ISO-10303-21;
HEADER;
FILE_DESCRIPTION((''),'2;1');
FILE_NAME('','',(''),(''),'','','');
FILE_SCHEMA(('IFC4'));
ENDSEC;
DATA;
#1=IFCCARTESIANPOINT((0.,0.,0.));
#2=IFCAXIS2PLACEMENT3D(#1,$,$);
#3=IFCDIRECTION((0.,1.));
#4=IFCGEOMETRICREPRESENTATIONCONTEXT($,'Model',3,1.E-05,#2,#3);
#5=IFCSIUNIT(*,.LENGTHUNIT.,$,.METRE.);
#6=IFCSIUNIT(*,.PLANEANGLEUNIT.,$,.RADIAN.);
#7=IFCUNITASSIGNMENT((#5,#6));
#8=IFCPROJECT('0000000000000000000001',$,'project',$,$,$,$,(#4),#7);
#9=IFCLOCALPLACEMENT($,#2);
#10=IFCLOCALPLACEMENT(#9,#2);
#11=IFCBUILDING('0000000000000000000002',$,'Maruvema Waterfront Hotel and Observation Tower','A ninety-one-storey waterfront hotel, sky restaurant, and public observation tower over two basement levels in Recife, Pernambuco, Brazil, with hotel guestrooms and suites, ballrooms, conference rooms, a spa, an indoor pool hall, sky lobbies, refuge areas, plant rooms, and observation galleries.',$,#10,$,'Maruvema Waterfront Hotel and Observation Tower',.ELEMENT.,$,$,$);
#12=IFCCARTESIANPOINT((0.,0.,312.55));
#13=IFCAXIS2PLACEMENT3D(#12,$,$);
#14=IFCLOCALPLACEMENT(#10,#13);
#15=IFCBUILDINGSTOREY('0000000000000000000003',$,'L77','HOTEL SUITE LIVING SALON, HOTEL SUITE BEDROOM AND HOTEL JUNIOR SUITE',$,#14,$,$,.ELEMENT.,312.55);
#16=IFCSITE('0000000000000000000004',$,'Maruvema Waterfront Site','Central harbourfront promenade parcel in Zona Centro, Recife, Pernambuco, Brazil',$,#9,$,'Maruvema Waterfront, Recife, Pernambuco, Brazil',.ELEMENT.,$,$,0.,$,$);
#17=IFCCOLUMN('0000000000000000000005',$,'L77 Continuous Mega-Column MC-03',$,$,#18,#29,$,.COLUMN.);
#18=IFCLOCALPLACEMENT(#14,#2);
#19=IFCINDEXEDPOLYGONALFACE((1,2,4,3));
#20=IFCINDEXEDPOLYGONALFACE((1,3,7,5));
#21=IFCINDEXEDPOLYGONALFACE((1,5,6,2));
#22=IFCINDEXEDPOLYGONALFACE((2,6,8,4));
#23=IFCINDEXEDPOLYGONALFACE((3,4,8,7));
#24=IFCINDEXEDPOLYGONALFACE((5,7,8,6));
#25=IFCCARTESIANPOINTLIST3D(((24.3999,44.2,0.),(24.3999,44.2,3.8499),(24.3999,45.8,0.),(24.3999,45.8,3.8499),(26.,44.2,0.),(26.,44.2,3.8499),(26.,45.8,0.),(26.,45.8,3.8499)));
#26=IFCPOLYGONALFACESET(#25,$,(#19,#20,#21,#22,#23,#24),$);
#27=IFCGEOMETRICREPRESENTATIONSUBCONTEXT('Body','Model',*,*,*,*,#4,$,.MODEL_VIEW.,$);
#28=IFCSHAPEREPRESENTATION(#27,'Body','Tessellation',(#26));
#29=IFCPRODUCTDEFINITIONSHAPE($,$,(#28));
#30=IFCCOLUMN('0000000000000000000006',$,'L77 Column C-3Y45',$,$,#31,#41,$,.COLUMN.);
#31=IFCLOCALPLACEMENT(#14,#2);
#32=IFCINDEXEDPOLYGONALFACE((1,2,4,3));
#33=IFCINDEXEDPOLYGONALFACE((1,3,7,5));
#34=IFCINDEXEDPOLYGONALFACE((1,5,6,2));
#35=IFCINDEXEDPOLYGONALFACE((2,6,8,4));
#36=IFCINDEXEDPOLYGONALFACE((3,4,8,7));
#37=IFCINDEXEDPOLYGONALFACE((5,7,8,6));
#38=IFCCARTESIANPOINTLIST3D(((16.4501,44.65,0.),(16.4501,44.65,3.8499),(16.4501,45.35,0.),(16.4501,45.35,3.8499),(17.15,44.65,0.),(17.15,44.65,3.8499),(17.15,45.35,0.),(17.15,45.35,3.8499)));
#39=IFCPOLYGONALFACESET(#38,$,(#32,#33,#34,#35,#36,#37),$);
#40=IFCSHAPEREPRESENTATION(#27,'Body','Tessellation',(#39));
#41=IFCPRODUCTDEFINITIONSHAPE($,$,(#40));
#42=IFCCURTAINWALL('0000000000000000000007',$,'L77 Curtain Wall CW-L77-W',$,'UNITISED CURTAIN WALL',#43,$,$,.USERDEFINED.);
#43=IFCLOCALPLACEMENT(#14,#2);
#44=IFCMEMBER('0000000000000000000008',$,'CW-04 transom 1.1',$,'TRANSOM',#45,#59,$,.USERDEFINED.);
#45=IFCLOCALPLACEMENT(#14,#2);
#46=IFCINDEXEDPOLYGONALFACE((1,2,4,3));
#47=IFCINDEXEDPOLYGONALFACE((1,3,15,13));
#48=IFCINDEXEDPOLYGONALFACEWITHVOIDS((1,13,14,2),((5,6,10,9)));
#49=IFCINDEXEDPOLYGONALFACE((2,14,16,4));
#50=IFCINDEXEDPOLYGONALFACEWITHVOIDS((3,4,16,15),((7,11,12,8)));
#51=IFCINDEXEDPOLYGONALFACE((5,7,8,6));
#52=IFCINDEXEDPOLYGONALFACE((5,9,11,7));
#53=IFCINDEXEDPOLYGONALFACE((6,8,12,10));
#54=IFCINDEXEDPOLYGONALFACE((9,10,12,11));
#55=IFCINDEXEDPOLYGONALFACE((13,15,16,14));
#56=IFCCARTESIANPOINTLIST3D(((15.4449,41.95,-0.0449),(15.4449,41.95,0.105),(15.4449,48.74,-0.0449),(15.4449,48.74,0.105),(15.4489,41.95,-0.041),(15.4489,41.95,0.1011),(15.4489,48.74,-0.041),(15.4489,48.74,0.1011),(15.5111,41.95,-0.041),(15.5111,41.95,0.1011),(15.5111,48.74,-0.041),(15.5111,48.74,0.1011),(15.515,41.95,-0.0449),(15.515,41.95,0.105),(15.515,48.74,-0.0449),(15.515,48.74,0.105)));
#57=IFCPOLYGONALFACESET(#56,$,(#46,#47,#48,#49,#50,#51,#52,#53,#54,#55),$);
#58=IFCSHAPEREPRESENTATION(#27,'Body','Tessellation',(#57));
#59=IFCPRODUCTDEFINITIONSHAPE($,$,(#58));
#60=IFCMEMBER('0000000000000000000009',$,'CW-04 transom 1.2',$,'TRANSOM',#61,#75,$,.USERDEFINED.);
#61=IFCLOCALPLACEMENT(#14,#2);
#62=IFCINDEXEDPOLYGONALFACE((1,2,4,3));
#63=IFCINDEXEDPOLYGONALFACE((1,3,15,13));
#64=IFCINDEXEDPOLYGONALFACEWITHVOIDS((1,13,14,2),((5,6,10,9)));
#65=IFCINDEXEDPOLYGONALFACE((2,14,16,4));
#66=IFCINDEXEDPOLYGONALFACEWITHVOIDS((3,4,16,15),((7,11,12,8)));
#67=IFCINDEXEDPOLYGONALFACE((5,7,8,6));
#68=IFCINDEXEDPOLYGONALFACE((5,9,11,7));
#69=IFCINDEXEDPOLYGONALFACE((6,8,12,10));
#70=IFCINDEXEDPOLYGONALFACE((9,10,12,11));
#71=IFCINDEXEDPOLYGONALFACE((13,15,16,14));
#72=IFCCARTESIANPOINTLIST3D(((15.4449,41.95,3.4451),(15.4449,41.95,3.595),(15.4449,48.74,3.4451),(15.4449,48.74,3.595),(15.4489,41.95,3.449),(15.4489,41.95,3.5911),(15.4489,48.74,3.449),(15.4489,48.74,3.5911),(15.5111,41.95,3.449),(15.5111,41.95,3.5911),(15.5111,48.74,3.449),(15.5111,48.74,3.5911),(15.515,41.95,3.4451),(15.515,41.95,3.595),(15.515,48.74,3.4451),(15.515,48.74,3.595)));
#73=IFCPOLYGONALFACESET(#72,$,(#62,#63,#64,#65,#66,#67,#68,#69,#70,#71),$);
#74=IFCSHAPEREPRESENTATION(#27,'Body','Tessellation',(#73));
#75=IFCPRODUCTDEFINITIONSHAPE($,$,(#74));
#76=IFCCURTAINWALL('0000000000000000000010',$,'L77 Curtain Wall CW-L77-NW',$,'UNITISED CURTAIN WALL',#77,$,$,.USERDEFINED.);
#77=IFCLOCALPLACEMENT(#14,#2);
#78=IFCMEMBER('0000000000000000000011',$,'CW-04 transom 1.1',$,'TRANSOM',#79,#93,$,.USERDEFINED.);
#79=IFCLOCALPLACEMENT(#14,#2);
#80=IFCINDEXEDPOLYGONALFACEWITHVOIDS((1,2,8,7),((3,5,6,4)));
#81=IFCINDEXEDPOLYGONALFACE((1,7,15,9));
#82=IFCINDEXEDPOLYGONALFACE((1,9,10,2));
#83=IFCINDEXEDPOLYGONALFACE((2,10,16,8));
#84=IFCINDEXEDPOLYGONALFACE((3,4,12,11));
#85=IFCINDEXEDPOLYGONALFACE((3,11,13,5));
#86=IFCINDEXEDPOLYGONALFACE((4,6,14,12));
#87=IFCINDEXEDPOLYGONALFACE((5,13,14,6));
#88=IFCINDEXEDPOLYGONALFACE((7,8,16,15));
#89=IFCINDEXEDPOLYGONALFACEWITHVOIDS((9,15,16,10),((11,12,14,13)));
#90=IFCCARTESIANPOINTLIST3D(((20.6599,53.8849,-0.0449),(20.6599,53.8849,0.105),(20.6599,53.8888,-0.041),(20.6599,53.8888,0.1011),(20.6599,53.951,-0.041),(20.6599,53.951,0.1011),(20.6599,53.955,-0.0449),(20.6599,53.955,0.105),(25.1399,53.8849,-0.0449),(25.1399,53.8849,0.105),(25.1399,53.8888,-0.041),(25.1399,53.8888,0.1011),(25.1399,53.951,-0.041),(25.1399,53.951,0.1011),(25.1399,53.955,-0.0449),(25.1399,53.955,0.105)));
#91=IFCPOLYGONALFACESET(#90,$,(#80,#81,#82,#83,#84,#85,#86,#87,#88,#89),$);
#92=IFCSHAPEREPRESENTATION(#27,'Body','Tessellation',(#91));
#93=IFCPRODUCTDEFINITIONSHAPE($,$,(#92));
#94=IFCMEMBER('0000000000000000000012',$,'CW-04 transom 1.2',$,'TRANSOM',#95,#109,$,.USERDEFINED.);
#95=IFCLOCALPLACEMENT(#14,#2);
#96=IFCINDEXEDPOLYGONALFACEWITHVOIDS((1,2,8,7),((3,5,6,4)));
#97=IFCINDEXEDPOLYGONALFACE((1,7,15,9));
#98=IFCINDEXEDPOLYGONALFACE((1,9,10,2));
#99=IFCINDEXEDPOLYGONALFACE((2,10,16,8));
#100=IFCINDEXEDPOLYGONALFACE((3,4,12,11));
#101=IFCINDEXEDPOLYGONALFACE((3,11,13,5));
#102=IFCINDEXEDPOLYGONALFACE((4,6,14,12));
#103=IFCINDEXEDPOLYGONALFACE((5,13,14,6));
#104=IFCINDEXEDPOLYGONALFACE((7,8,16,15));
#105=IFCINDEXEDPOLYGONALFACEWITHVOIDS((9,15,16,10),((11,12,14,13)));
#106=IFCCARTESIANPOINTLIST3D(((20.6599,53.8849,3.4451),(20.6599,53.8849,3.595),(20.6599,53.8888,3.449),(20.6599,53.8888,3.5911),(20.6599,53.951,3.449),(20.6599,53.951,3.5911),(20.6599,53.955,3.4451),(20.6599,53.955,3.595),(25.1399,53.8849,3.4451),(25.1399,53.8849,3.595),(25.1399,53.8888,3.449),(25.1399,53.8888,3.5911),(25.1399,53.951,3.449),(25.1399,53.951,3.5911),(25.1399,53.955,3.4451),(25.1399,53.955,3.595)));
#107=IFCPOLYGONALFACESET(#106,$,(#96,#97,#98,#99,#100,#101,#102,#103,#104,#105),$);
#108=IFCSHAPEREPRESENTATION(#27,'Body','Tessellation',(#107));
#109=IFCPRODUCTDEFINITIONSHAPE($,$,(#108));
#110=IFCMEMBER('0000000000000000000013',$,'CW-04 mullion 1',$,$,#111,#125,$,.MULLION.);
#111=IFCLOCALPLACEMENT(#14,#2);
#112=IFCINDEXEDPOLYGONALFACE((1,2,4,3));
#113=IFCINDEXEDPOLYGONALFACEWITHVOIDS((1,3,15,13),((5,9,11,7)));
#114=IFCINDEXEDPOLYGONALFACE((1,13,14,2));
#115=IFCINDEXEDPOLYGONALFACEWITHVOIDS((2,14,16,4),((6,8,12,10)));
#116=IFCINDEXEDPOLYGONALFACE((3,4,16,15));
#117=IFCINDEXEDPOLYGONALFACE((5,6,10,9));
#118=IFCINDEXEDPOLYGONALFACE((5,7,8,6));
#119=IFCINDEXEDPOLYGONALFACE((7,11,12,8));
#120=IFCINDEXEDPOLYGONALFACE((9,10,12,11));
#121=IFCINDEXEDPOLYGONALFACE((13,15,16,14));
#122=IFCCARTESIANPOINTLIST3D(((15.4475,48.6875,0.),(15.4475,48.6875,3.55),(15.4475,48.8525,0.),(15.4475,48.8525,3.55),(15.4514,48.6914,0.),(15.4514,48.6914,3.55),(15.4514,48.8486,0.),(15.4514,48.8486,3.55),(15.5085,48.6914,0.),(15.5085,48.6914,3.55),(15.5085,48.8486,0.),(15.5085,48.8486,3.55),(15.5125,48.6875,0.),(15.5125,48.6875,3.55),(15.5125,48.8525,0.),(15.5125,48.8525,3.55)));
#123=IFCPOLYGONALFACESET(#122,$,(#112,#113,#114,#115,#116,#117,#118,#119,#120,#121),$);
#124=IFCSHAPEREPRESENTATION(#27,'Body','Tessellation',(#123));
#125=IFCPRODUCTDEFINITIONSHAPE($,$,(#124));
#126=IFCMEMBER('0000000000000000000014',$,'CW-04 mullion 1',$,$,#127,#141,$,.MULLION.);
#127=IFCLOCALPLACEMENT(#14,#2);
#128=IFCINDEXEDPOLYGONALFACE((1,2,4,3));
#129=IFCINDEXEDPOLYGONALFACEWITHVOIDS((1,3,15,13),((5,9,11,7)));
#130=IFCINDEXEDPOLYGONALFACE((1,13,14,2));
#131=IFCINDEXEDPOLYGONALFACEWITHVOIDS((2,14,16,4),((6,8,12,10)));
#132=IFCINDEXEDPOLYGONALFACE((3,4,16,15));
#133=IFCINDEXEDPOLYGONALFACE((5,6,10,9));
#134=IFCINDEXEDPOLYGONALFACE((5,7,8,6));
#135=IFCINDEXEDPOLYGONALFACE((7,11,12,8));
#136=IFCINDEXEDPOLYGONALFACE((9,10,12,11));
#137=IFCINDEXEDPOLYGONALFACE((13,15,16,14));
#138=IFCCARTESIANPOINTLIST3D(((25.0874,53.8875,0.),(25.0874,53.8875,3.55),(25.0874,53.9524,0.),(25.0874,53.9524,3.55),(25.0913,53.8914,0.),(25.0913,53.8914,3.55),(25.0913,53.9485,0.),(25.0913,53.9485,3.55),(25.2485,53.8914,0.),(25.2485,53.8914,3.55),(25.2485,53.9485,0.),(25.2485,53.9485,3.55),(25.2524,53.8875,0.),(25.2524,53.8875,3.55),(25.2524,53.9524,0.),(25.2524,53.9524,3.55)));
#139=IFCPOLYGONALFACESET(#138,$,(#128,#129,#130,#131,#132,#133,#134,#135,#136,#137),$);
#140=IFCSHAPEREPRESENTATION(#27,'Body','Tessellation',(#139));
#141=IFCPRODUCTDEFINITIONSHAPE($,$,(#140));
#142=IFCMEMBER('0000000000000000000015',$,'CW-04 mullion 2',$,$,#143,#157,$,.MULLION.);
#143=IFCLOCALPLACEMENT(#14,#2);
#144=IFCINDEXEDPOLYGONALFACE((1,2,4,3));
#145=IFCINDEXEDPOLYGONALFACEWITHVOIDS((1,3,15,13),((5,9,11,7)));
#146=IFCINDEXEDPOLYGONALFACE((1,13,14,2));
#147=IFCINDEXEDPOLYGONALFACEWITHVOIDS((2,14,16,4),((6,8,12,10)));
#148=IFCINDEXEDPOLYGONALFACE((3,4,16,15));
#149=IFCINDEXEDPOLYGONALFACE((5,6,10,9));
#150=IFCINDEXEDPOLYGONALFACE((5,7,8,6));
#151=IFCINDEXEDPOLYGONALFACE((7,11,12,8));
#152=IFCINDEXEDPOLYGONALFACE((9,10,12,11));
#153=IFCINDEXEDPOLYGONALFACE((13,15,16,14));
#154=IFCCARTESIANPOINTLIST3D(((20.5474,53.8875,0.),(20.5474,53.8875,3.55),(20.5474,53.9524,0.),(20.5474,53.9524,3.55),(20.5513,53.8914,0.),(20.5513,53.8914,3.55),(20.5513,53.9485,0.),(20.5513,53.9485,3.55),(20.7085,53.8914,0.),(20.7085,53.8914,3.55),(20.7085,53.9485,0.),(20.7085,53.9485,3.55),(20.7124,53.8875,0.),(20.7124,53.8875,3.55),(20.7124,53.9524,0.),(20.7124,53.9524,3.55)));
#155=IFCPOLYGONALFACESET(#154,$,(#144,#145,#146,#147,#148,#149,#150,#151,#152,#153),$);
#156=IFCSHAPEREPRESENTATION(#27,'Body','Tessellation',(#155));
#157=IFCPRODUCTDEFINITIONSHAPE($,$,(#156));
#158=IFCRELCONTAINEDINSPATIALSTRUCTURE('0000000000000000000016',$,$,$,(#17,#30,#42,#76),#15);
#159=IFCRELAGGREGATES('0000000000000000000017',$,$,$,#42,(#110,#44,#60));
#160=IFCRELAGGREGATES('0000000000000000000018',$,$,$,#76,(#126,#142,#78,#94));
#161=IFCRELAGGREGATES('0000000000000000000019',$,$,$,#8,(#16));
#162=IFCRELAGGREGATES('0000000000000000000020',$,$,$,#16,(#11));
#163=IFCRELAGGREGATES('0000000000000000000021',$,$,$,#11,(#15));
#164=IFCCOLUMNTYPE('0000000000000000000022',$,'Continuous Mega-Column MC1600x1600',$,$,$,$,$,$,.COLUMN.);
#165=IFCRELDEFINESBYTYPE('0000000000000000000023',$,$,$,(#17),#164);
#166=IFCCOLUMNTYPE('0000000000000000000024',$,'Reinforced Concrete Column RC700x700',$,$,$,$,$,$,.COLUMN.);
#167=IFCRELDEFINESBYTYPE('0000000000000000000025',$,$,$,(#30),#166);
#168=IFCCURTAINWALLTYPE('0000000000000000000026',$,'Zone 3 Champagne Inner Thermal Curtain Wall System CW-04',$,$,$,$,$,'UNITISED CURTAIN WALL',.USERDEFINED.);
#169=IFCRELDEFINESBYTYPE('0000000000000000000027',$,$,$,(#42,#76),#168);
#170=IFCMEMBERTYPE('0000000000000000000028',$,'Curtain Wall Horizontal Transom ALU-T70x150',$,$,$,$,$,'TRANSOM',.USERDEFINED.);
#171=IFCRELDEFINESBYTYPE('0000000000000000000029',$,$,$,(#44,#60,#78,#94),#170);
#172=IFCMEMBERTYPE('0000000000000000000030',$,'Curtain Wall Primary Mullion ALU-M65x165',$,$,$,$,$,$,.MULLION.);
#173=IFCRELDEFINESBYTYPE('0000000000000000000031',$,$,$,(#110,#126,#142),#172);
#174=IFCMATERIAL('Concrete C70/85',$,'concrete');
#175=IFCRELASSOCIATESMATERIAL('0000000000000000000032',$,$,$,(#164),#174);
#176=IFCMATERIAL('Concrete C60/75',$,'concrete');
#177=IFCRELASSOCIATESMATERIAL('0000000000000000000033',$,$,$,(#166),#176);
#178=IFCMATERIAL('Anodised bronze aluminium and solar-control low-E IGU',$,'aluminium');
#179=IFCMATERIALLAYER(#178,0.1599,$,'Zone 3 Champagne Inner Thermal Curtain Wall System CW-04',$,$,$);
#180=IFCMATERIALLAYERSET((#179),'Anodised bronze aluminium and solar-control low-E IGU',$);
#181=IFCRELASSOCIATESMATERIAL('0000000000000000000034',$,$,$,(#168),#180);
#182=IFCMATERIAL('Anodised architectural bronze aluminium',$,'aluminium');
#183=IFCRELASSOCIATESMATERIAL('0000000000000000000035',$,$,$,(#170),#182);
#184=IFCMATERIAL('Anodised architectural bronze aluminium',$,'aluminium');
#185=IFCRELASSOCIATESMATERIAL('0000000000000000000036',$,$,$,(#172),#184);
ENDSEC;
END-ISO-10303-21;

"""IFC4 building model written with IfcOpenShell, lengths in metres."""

from ifc_helpers import new_model, si_unit, direction, frame, origin, origin_2d, place, context, subcontext, project, spatial, rectangle, hollow_rectangle, extrude, material, layer, layer_set, material_profile, profile_set, type_object, element, aggregate, save


model = new_model("IFC4")

# Units and contexts
model_context = context("Model", 3, precision=1e-05, world=origin(), true_north=direction((0.0, 1.0)))
body_context = subcontext(model_context, "Body", "Model", "MODEL_VIEW")
ifc_project = project(units=[si_unit("LENGTHUNIT", "METRE"), si_unit("PLANEANGLEUNIT", "RADIAN")], contexts=[model_context])

# Site, building, storey
site_placement = place(None, origin())
site = spatial("IfcSite", under=ifc_project, at=site_placement, Name="Maruvema Waterfront Site", Description="Central harbourfront promenade parcel in Zona Centro, Recife, Pernambuco, Brazil", LongName="Maruvema Waterfront, Recife, Pernambuco, Brazil", CompositionType="ELEMENT", RefElevation=0.0)
building_placement = place(site_placement, origin())
building = spatial("IfcBuilding", under=site, at=building_placement, Name="Maruvema Waterfront Hotel and Observation Tower", Description="A ninety-one-storey waterfront hotel, sky restaurant, and public observation tower over two basement levels in Recife, Pernambuco, Brazil, with hotel guestrooms and suites, ballrooms, conference rooms, a spa, an indoor pool hall, sky lobbies, refuge areas, plant rooms, and observation galleries.", LongName="Maruvema Waterfront Hotel and Observation Tower", CompositionType="ELEMENT")
storey_placement = place(building_placement, frame((0.0, 0.0, 312.55)))
storey = spatial("IfcBuildingStorey", under=building, at=storey_placement, Name="L77", Description="HOTEL SUITE LIVING SALON, HOTEL SUITE BEDROOM AND HOTEL JUNIOR SUITE", CompositionType="ELEMENT", Elevation=312.55)

# Columns
ifc_material_1 = material(Name="Concrete C70/85", Category="concrete")
ifc_material_profile_1 = material_profile(ifc_material_1, rectangle(XDim=1.6001, YDim=1.6001, at=origin_2d()), Name="MC1600x1600")
ifc_profile_set_1 = profile_set([ifc_material_profile_1], Name="Concrete C70/85")
column_type_1 = type_object("IfcColumnType", Name="Continuous Mega-Column MC1600x1600", PredefinedType="COLUMN", material=ifc_profile_set_1)
column_1_placement = place(storey_placement, frame((25.2, 45.0, 0.0), z_axis=(0.0, 0.0, 1.0), x_axis=(1.0, 0.0, 0.0)))
element("IfcColumn", 1, at=column_1_placement, inside=storey, type_object=column_type_1, Name="L77 Continuous Mega-Column MC-03", PredefinedType="COLUMN", context=body_context, shape_type="SweptSolid", body=[
    extrude(rectangle(XDim=1.6001, YDim=1.6001, at=origin_2d()), origin(), (0.0, 0.0, 1.0), 3.8499),
])
ifc_material_2 = material(Name="Concrete C60/75", Category="concrete")
ifc_material_profile_2 = material_profile(ifc_material_2, rectangle(XDim=0.7, YDim=0.7, at=origin_2d()), Name="RC700x700")
ifc_profile_set_2 = profile_set([ifc_material_profile_2], Name="Concrete C60/75")
column_type_2 = type_object("IfcColumnType", Name="Reinforced Concrete Column RC700x700", PredefinedType="COLUMN", material=ifc_profile_set_2)
column_2_placement = place(storey_placement, frame((16.8, 45.0, 0.0), z_axis=(0.0, 0.0, 1.0), x_axis=(1.0, 0.0, 0.0)))
element("IfcColumn", 2, at=column_2_placement, inside=storey, type_object=column_type_2, Name="L77 Column C-3Y45", PredefinedType="COLUMN", context=body_context, shape_type="SweptSolid", body=[
    extrude(rectangle(XDim=0.7, YDim=0.7, at=origin_2d()), origin(), (0.0, 0.0, 1.0), 3.8499),
])

# Curtain walls, members
ifc_material_3 = material(Name="Anodised bronze aluminium and solar-control low-E IGU", Category="aluminium")
ifc_layer_1 = layer(ifc_material_3, 0.1599, Name="Zone 3 Champagne Inner Thermal Curtain Wall System CW-04")
ifc_layer_set_1 = layer_set([ifc_layer_1], Name="Anodised bronze aluminium and solar-control low-E IGU")
curtain_wall_type = type_object("IfcCurtainWallType", Name="Zone 3 Champagne Inner Thermal Curtain Wall System CW-04", ElementType="UNITISED CURTAIN WALL", PredefinedType="USERDEFINED", material=ifc_layer_set_1)
curtain_wall_1_placement = place(storey_placement, origin())
curtain_wall_1 = element("IfcCurtainWall", 3, at=curtain_wall_1_placement, inside=storey, type_object=curtain_wall_type, Name="L77 Curtain Wall CW-L77-W", ObjectType="UNITISED CURTAIN WALL", PredefinedType="USERDEFINED")
ifc_material_4 = material(Name="Anodised architectural bronze aluminium", Category="aluminium")
ifc_material_profile_3 = material_profile(ifc_material_4, hollow_rectangle(XDim=0.0701, YDim=0.1499, WallThickness=0.0039, at=origin_2d()), Name="ALU-T70x150")
ifc_profile_set_3 = profile_set([ifc_material_profile_3], Name="Anodised architectural bronze aluminium")
member_type_1 = type_object("IfcMemberType", Name="Curtain Wall Horizontal Transom ALU-T70x150", ElementType="TRANSOM", PredefinedType="USERDEFINED", material=ifc_profile_set_3)
member_1_placement = place(storey_placement, frame((15.48, 48.74, 0.03), z_axis=(0.0, -1.0, 0.0), x_axis=(1.0, 0.0, 0.0)))
member_1 = element("IfcMember", 4, at=member_1_placement, type_object=member_type_1, Name="CW-04 transom 1.1", ObjectType="TRANSOM", PredefinedType="USERDEFINED", context=body_context, shape_type="SweptSolid", body=[
    extrude(hollow_rectangle(XDim=0.0701, YDim=0.1499, WallThickness=0.0039, at=origin_2d()), origin(), (0.0, 0.0, 1.0), 6.79),
])
member_2_placement = place(storey_placement, frame((15.48, 48.74, 3.52), z_axis=(0.0, -1.0, 0.0), x_axis=(1.0, 0.0, 0.0)))
member_2 = element("IfcMember", 5, at=member_2_placement, type_object=member_type_1, Name="CW-04 transom 1.2", ObjectType="TRANSOM", PredefinedType="USERDEFINED", context=body_context, shape_type="SweptSolid", body=[
    extrude(hollow_rectangle(XDim=0.0701, YDim=0.1499, WallThickness=0.0039, at=origin_2d()), origin(), (0.0, 0.0, 1.0), 6.79),
])
curtain_wall_2_placement = place(storey_placement, origin())
curtain_wall_2 = element("IfcCurtainWall", 6, at=curtain_wall_2_placement, inside=storey, type_object=curtain_wall_type, Name="L77 Curtain Wall CW-L77-NW", ObjectType="UNITISED CURTAIN WALL", PredefinedType="USERDEFINED")
member_3_placement = place(storey_placement, frame((25.1399, 53.9199, 0.03), z_axis=(-1.0, 0.0, 0.0), x_axis=(0.0, -1.0, 0.0)))
member_3 = element("IfcMember", 7, at=member_3_placement, type_object=member_type_1, Name="CW-04 transom 1.1", ObjectType="TRANSOM", PredefinedType="USERDEFINED", context=body_context, shape_type="SweptSolid", body=[
    extrude(hollow_rectangle(XDim=0.0701, YDim=0.1499, WallThickness=0.0039, at=origin_2d()), origin(), (0.0, 0.0, 1.0), 4.48),
])
member_4_placement = place(storey_placement, frame((25.1399, 53.9199, 3.52), z_axis=(-1.0, 0.0, 0.0), x_axis=(0.0, -1.0, 0.0)))
member_4 = element("IfcMember", 8, at=member_4_placement, type_object=member_type_1, Name="CW-04 transom 1.2", ObjectType="TRANSOM", PredefinedType="USERDEFINED", context=body_context, shape_type="SweptSolid", body=[
    extrude(hollow_rectangle(XDim=0.0701, YDim=0.1499, WallThickness=0.0039, at=origin_2d()), origin(), (0.0, 0.0, 1.0), 4.48),
])

# Members
ifc_material_5 = material(Name="Anodised architectural bronze aluminium", Category="aluminium")
ifc_material_profile_4 = material_profile(ifc_material_5, hollow_rectangle(XDim=0.0649, YDim=0.165, WallThickness=0.0039, at=origin_2d()), Name="ALU-M65x165")
ifc_profile_set_4 = profile_set([ifc_material_profile_4], Name="Anodised architectural bronze aluminium")
member_type_2 = type_object("IfcMemberType", Name="Curtain Wall Primary Mullion ALU-M65x165", PredefinedType="MULLION", material=ifc_profile_set_4)
member_5_placement = place(storey_placement, frame((15.48, 48.77, 0.0), z_axis=(0.0, 0.0, 1.0), x_axis=(1.0, 0.0, 0.0)))
member_5 = element("IfcMember", 9, at=member_5_placement, type_object=member_type_2, Name="CW-04 mullion 1", PredefinedType="MULLION", context=body_context, shape_type="SweptSolid", body=[
    extrude(hollow_rectangle(XDim=0.0649, YDim=0.165, WallThickness=0.0039, at=origin_2d()), origin(), (0.0, 0.0, 1.0), 3.55),
])
member_6_placement = place(storey_placement, frame((25.1699, 53.9199, 0.0), z_axis=(0.0, 0.0, 1.0), x_axis=(0.0, -1.0, 0.0)))
member_6 = element("IfcMember", 10, at=member_6_placement, type_object=member_type_2, Name="CW-04 mullion 1", PredefinedType="MULLION", context=body_context, shape_type="SweptSolid", body=[
    extrude(hollow_rectangle(XDim=0.0649, YDim=0.165, WallThickness=0.0039, at=origin_2d()), origin(), (0.0, 0.0, 1.0), 3.55),
])
member_7_placement = place(storey_placement, frame((20.6299, 53.9199, 0.0), z_axis=(0.0, 0.0, 1.0), x_axis=(0.0, -1.0, 0.0)))
member_7 = element("IfcMember", 11, at=member_7_placement, type_object=member_type_2, Name="CW-04 mullion 2", PredefinedType="MULLION", context=body_context, shape_type="SweptSolid", body=[
    extrude(hollow_rectangle(XDim=0.0649, YDim=0.165, WallThickness=0.0039, at=origin_2d()), origin(), (0.0, 0.0, 1.0), 3.55),
])

aggregate(curtain_wall_1, [member_5, member_1, member_2])
aggregate(curtain_wall_2, [member_6, member_7, member_3, member_4])

save(model, "model.ifc")
